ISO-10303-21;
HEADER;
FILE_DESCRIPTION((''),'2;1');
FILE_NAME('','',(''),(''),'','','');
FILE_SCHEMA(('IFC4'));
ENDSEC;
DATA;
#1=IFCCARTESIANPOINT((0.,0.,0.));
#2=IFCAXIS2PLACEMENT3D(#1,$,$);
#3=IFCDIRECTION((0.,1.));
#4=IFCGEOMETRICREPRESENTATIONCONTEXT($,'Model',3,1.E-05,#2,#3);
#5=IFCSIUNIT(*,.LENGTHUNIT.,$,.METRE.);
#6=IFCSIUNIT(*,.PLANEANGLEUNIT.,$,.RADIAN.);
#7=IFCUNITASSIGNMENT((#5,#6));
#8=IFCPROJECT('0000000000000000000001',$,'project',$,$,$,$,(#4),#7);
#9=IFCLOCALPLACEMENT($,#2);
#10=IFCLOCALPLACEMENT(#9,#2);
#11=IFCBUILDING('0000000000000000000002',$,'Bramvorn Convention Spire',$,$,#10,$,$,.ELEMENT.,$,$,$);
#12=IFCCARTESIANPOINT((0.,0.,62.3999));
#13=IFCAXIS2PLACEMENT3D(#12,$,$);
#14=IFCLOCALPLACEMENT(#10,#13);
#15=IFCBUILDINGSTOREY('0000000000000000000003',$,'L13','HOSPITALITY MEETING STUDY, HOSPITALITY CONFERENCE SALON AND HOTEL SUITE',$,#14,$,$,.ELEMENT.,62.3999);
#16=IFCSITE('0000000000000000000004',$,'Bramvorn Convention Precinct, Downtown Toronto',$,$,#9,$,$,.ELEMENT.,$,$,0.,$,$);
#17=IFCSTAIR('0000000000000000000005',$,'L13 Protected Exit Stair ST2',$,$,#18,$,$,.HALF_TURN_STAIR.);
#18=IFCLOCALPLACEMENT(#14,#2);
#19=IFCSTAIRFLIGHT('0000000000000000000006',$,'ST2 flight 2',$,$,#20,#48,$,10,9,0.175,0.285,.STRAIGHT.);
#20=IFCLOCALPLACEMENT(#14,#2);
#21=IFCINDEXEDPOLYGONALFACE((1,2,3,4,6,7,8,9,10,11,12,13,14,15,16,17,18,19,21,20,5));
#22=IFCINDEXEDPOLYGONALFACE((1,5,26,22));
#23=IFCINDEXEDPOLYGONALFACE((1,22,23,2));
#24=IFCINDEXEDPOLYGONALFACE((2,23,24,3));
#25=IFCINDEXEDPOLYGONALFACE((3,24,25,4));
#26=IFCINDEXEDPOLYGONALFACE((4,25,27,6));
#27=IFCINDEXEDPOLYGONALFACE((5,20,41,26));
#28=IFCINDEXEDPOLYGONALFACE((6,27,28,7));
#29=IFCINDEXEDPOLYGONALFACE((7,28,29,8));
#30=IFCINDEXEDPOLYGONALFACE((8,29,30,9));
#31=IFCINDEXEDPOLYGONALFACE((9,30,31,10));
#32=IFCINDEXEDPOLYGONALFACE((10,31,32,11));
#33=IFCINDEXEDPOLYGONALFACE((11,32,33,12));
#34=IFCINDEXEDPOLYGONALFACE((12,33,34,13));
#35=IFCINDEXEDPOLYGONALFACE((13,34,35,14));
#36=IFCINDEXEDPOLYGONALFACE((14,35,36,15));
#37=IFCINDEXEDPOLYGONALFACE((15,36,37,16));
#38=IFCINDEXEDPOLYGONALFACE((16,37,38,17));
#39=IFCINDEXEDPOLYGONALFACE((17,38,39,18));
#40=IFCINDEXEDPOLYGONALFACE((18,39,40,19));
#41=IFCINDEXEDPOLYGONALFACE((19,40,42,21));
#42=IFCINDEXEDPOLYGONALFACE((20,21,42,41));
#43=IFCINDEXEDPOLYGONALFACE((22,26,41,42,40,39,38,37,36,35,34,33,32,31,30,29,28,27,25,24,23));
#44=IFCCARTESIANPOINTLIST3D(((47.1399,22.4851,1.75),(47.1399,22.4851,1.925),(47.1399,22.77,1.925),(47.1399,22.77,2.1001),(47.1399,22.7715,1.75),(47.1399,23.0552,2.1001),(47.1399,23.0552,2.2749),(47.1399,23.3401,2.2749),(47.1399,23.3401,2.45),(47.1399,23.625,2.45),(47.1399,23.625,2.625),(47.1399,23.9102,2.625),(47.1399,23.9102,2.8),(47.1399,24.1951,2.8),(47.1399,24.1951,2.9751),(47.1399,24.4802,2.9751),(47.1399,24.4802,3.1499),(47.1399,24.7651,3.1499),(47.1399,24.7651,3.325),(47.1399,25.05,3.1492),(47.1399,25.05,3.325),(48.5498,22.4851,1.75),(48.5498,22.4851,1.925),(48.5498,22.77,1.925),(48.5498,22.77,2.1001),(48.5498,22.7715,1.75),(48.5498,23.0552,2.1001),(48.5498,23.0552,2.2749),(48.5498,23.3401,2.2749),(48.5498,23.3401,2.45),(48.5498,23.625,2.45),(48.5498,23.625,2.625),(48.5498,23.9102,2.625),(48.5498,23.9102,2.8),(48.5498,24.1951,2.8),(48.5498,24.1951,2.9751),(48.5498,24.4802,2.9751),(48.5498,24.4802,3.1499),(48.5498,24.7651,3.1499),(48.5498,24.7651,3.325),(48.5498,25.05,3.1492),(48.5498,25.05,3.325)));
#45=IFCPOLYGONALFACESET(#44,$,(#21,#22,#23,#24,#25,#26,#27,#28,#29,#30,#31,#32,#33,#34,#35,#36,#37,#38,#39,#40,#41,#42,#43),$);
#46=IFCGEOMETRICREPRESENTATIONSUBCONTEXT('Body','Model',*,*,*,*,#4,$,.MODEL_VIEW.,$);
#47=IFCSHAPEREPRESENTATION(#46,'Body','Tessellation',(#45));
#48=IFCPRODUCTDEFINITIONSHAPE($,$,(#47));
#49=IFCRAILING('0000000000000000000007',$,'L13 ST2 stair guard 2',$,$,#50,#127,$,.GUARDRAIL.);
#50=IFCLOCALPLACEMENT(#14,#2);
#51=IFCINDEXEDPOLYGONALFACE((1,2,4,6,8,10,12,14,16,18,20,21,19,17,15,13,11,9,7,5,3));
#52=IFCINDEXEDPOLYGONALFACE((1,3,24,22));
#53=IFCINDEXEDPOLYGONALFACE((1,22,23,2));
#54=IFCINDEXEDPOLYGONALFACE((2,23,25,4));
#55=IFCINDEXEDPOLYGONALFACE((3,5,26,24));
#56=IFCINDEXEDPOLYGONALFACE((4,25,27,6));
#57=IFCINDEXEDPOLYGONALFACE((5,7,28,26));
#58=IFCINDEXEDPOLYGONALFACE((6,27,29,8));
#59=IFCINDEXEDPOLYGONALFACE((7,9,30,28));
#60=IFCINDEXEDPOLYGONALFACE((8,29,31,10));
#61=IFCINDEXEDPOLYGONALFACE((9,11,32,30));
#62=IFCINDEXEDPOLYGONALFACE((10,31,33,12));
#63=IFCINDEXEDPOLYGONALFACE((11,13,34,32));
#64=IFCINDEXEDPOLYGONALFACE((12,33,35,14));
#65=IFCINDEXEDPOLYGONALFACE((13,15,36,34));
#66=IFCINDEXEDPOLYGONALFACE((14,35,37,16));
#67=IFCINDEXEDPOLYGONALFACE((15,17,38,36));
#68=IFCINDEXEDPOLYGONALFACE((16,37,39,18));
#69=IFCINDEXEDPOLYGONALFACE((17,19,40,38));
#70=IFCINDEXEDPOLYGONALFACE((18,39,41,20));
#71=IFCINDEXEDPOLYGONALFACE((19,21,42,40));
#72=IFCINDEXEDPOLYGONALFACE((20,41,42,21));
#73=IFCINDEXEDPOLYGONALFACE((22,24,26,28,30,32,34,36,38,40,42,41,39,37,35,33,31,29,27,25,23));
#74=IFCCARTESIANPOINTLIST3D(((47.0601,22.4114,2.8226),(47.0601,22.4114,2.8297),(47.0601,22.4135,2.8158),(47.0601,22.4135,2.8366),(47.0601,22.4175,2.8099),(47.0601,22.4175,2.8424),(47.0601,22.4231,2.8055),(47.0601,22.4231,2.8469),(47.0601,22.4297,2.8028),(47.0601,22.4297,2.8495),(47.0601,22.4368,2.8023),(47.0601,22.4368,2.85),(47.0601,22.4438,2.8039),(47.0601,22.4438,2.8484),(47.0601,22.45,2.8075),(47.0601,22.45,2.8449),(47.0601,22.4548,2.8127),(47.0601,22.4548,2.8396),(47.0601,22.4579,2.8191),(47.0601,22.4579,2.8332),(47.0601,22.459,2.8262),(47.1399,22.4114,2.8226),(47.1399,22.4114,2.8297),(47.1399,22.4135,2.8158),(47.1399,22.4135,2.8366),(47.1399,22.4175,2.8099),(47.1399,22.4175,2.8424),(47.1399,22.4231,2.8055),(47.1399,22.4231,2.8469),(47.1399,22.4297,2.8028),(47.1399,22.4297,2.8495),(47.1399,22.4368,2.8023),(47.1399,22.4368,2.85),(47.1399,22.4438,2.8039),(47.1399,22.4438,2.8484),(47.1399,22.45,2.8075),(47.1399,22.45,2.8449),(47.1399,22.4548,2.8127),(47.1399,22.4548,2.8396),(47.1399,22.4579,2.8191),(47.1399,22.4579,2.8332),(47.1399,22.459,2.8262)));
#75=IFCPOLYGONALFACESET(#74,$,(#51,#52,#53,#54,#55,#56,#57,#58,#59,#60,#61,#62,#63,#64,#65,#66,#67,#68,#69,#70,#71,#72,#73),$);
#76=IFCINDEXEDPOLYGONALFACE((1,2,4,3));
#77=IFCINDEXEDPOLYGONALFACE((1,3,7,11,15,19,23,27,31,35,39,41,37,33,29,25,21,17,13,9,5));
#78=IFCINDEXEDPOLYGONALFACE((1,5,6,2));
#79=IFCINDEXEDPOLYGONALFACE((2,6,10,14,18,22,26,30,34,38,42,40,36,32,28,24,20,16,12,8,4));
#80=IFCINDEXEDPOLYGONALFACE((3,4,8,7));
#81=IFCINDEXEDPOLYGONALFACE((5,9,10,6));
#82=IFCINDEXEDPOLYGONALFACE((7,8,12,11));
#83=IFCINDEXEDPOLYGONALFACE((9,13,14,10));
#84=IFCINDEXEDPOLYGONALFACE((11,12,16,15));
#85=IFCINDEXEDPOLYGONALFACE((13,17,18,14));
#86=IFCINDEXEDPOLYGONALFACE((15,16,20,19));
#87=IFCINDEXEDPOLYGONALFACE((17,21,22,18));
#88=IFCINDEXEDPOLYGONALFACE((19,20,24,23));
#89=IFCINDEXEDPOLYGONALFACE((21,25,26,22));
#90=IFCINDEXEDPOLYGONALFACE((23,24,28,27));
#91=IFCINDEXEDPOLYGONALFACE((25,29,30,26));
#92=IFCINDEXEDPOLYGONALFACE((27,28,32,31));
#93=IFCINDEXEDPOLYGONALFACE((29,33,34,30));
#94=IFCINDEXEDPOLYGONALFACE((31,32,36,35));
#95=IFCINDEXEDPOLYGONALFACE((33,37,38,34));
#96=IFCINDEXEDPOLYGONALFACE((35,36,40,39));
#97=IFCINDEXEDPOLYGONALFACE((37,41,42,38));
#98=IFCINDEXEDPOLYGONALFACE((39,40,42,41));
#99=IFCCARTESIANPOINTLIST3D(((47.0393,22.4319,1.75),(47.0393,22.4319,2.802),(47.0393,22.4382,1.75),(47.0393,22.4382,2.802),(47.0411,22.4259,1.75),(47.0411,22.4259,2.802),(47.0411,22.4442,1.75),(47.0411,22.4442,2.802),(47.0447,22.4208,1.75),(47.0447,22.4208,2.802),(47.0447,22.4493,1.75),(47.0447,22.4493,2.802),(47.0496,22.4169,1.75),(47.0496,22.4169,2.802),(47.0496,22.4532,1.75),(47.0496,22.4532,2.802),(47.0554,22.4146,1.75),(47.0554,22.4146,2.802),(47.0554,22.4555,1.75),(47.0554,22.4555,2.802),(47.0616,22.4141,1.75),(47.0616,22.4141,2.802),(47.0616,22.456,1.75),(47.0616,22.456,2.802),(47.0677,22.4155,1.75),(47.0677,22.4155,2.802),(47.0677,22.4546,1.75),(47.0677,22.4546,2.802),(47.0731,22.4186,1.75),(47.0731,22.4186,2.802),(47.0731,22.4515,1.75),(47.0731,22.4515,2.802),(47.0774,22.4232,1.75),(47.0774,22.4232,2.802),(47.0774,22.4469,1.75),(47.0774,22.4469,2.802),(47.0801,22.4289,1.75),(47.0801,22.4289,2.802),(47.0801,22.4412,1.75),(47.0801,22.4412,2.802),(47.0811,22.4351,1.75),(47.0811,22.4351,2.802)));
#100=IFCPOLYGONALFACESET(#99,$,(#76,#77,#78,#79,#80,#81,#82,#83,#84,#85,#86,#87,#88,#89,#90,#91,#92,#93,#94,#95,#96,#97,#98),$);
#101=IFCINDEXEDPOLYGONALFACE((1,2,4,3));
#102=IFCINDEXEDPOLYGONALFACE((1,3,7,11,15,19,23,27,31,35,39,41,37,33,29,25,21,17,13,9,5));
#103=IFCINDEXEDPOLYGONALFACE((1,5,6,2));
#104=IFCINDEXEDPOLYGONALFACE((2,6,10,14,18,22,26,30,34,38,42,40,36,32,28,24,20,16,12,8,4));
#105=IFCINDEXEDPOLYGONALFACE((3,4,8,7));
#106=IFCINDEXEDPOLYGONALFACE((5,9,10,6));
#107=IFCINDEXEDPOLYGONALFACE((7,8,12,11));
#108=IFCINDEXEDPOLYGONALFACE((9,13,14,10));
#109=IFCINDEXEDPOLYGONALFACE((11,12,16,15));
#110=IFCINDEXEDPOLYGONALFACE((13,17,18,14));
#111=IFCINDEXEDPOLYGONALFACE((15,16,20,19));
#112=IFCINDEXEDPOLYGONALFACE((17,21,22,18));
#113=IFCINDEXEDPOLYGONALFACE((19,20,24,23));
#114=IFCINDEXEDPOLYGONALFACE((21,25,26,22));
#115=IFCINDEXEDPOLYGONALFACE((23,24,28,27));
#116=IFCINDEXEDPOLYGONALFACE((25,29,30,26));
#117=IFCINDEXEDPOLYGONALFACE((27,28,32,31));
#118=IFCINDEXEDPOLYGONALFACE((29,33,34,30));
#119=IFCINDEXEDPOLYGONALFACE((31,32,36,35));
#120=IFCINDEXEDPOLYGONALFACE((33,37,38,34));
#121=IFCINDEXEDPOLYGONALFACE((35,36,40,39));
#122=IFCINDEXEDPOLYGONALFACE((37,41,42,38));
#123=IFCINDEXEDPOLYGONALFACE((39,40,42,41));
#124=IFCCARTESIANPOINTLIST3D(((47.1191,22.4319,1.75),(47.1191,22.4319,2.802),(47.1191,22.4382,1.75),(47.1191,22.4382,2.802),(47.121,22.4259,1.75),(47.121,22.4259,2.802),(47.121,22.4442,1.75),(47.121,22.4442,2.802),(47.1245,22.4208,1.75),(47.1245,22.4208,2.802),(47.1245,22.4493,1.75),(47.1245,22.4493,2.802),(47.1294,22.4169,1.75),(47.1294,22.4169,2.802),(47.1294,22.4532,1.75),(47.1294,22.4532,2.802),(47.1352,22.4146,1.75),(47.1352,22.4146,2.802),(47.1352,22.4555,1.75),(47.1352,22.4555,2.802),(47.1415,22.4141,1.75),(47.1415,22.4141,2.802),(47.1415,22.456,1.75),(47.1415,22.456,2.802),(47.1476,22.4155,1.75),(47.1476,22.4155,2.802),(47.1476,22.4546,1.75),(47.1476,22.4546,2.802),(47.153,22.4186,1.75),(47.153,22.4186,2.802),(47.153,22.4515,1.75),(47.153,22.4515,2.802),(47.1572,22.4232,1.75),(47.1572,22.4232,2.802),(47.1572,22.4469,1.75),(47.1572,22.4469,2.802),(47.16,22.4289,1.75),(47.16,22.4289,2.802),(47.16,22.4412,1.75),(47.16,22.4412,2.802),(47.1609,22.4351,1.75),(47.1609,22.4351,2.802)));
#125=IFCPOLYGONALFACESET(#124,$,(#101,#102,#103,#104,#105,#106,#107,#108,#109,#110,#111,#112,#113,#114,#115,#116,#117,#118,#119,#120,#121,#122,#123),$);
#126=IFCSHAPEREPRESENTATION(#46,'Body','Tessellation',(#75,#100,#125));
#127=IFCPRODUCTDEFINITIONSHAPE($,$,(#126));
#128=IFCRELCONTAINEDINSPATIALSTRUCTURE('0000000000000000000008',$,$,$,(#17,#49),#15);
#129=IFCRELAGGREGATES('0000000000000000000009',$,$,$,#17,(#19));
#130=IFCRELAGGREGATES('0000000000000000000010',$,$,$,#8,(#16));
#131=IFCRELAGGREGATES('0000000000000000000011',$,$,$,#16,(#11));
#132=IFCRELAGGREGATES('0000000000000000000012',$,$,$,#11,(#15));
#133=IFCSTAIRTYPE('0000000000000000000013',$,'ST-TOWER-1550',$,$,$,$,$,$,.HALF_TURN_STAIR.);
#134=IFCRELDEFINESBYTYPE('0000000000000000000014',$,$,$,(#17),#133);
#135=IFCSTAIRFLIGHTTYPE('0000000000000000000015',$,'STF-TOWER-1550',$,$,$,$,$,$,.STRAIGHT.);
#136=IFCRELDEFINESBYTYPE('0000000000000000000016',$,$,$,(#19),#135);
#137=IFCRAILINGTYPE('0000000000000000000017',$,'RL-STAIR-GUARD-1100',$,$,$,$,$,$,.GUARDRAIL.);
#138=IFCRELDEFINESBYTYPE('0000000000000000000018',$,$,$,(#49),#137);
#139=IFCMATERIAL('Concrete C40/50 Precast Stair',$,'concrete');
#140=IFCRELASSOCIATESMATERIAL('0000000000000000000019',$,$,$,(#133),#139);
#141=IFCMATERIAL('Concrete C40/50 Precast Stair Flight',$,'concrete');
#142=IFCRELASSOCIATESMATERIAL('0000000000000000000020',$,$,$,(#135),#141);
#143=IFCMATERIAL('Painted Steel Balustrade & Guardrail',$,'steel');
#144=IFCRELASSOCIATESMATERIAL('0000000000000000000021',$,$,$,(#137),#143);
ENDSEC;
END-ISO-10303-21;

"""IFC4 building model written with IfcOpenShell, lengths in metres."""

from ifc_helpers import new_model, si_unit, direction, frame, origin, origin_2d, place, context, subcontext, project, spatial, polyline, circle, outline, extrude, material, type_object, element, aggregate, save


model = new_model("IFC4")

# Units and contexts
model_context = context("Model", 3, precision=1e-05, world=origin(), true_north=direction((0.0, 1.0)))
body_context = subcontext(model_context, "Body", "Model", "MODEL_VIEW")
ifc_project = project(units=[si_unit("LENGTHUNIT", "METRE"), si_unit("PLANEANGLEUNIT", "RADIAN")], contexts=[model_context])

# Site, building, storey
site_placement = place(None, origin())
site = spatial("IfcSite", under=ifc_project, at=site_placement, Name="Bramvorn Convention Precinct, Downtown Toronto", CompositionType="ELEMENT", RefElevation=0.0)
building_placement = place(site_placement, origin())
building = spatial("IfcBuilding", under=site, at=building_placement, Name="Bramvorn Convention Spire", CompositionType="ELEMENT")
storey_placement = place(building_placement, frame((0.0, 0.0, 62.3999)))
storey = spatial("IfcBuildingStorey", under=building, at=storey_placement, Name="L13", Description="HOSPITALITY MEETING STUDY, HOSPITALITY CONFERENCE SALON AND HOTEL SUITE", CompositionType="ELEMENT", Elevation=62.3999)

# Stair, stair flight
ifc_material_1 = material(Name="Concrete C40/50 Precast Stair", Category="concrete")
stair_type = type_object("IfcStairType", Name="ST-TOWER-1550", PredefinedType="HALF_TURN_STAIR", material=ifc_material_1)
stair_placement = place(storey_placement, origin())
stair = element("IfcStair", 1, at=stair_placement, inside=storey, type_object=stair_type, Name="L13 Protected Exit Stair ST2", PredefinedType="HALF_TURN_STAIR")
ifc_material_2 = material(Name="Concrete C40/50 Precast Stair Flight", Category="concrete")
stair_flight_type = type_object("IfcStairFlightType", Name="STF-TOWER-1550", PredefinedType="STRAIGHT", material=ifc_material_2)
stair_flight_placement = place(storey_placement, frame((47.845, 22.4851, 1.75), z_axis=(0.0, 0.0, 1.0), x_axis=(0.0, 1.0, 0.0)))
stair_flight = element("IfcStairFlight", 2, at=stair_flight_placement, type_object=stair_flight_type, Name="ST2 flight 2", NumberOfRisers=10, NumberOfTreads=9, PredefinedType="STRAIGHT", RiserHeight=0.175, TreadLength=0.285, context=body_context, shape_type="SweptSolid", body=[
    extrude(outline(polyline([(0.0, 0.0), (0.0, 0.175), (0.2849, 0.175), (0.2849, 0.3501), (0.5701, 0.3501), (0.5701, 0.5249), (0.855, 0.5249), (0.855, 0.7), (1.1399, 0.7), (1.1399, 0.875), (1.425, 0.875), (1.425, 1.05), (1.71, 1.05), (1.71, 1.2251), (1.9951, 1.2251), (1.9951, 1.3999), (2.28, 1.3999), (2.28, 1.575), (2.5649, 1.575), (2.5649, 1.75), (2.5649, 1.3992), (0.2864, 0.0), (0.0, 0.0)])), frame((0.0, 0.7051, 0.0), z_axis=(0.0, -1.0, 0.0), x_axis=(1.0, 0.0, 0.0)), (0.0, 0.0, 1.0), 1.4099),
])
aggregate(stair, [stair_flight])

# Railing
ifc_material_3 = material(Name="Painted Steel Balustrade & Guardrail", Category="steel")
railing_type_1 = type_object("IfcRailingType", Name="RL-STAIR-GUARD-1100", PredefinedType="GUARDRAIL", material=ifc_material_3)
railing_1_placement = place(storey_placement, frame((47.0601, 22.4351, 1.75)))
element("IfcRailing", 3, at=railing_1_placement, inside=storey, type_object=railing_type_1, Name="L13 ST2 stair guard 2", PredefinedType="GUARDRAIL", context=body_context, shape_type="SweptSolid", body=[
    extrude(circle(Radius=0.0239, at=origin_2d()), frame((0.0, 0.0, 1.0762), z_axis=(1.0, 0.0, 0.0), x_axis=(0.0, 1.0, 0.0)), (0.0, 0.0, 1.0), 0.0798),
    extrude(circle(Radius=0.021, at=origin_2d()), origin(), (0.0, 0.0, 1.0), 1.052),
    extrude(circle(Radius=0.021, at=origin_2d()), frame((0.0798, 0.0, 0.0)), (0.0, 0.0, 1.0), 1.052),
])

save(model, "model.ifc")
